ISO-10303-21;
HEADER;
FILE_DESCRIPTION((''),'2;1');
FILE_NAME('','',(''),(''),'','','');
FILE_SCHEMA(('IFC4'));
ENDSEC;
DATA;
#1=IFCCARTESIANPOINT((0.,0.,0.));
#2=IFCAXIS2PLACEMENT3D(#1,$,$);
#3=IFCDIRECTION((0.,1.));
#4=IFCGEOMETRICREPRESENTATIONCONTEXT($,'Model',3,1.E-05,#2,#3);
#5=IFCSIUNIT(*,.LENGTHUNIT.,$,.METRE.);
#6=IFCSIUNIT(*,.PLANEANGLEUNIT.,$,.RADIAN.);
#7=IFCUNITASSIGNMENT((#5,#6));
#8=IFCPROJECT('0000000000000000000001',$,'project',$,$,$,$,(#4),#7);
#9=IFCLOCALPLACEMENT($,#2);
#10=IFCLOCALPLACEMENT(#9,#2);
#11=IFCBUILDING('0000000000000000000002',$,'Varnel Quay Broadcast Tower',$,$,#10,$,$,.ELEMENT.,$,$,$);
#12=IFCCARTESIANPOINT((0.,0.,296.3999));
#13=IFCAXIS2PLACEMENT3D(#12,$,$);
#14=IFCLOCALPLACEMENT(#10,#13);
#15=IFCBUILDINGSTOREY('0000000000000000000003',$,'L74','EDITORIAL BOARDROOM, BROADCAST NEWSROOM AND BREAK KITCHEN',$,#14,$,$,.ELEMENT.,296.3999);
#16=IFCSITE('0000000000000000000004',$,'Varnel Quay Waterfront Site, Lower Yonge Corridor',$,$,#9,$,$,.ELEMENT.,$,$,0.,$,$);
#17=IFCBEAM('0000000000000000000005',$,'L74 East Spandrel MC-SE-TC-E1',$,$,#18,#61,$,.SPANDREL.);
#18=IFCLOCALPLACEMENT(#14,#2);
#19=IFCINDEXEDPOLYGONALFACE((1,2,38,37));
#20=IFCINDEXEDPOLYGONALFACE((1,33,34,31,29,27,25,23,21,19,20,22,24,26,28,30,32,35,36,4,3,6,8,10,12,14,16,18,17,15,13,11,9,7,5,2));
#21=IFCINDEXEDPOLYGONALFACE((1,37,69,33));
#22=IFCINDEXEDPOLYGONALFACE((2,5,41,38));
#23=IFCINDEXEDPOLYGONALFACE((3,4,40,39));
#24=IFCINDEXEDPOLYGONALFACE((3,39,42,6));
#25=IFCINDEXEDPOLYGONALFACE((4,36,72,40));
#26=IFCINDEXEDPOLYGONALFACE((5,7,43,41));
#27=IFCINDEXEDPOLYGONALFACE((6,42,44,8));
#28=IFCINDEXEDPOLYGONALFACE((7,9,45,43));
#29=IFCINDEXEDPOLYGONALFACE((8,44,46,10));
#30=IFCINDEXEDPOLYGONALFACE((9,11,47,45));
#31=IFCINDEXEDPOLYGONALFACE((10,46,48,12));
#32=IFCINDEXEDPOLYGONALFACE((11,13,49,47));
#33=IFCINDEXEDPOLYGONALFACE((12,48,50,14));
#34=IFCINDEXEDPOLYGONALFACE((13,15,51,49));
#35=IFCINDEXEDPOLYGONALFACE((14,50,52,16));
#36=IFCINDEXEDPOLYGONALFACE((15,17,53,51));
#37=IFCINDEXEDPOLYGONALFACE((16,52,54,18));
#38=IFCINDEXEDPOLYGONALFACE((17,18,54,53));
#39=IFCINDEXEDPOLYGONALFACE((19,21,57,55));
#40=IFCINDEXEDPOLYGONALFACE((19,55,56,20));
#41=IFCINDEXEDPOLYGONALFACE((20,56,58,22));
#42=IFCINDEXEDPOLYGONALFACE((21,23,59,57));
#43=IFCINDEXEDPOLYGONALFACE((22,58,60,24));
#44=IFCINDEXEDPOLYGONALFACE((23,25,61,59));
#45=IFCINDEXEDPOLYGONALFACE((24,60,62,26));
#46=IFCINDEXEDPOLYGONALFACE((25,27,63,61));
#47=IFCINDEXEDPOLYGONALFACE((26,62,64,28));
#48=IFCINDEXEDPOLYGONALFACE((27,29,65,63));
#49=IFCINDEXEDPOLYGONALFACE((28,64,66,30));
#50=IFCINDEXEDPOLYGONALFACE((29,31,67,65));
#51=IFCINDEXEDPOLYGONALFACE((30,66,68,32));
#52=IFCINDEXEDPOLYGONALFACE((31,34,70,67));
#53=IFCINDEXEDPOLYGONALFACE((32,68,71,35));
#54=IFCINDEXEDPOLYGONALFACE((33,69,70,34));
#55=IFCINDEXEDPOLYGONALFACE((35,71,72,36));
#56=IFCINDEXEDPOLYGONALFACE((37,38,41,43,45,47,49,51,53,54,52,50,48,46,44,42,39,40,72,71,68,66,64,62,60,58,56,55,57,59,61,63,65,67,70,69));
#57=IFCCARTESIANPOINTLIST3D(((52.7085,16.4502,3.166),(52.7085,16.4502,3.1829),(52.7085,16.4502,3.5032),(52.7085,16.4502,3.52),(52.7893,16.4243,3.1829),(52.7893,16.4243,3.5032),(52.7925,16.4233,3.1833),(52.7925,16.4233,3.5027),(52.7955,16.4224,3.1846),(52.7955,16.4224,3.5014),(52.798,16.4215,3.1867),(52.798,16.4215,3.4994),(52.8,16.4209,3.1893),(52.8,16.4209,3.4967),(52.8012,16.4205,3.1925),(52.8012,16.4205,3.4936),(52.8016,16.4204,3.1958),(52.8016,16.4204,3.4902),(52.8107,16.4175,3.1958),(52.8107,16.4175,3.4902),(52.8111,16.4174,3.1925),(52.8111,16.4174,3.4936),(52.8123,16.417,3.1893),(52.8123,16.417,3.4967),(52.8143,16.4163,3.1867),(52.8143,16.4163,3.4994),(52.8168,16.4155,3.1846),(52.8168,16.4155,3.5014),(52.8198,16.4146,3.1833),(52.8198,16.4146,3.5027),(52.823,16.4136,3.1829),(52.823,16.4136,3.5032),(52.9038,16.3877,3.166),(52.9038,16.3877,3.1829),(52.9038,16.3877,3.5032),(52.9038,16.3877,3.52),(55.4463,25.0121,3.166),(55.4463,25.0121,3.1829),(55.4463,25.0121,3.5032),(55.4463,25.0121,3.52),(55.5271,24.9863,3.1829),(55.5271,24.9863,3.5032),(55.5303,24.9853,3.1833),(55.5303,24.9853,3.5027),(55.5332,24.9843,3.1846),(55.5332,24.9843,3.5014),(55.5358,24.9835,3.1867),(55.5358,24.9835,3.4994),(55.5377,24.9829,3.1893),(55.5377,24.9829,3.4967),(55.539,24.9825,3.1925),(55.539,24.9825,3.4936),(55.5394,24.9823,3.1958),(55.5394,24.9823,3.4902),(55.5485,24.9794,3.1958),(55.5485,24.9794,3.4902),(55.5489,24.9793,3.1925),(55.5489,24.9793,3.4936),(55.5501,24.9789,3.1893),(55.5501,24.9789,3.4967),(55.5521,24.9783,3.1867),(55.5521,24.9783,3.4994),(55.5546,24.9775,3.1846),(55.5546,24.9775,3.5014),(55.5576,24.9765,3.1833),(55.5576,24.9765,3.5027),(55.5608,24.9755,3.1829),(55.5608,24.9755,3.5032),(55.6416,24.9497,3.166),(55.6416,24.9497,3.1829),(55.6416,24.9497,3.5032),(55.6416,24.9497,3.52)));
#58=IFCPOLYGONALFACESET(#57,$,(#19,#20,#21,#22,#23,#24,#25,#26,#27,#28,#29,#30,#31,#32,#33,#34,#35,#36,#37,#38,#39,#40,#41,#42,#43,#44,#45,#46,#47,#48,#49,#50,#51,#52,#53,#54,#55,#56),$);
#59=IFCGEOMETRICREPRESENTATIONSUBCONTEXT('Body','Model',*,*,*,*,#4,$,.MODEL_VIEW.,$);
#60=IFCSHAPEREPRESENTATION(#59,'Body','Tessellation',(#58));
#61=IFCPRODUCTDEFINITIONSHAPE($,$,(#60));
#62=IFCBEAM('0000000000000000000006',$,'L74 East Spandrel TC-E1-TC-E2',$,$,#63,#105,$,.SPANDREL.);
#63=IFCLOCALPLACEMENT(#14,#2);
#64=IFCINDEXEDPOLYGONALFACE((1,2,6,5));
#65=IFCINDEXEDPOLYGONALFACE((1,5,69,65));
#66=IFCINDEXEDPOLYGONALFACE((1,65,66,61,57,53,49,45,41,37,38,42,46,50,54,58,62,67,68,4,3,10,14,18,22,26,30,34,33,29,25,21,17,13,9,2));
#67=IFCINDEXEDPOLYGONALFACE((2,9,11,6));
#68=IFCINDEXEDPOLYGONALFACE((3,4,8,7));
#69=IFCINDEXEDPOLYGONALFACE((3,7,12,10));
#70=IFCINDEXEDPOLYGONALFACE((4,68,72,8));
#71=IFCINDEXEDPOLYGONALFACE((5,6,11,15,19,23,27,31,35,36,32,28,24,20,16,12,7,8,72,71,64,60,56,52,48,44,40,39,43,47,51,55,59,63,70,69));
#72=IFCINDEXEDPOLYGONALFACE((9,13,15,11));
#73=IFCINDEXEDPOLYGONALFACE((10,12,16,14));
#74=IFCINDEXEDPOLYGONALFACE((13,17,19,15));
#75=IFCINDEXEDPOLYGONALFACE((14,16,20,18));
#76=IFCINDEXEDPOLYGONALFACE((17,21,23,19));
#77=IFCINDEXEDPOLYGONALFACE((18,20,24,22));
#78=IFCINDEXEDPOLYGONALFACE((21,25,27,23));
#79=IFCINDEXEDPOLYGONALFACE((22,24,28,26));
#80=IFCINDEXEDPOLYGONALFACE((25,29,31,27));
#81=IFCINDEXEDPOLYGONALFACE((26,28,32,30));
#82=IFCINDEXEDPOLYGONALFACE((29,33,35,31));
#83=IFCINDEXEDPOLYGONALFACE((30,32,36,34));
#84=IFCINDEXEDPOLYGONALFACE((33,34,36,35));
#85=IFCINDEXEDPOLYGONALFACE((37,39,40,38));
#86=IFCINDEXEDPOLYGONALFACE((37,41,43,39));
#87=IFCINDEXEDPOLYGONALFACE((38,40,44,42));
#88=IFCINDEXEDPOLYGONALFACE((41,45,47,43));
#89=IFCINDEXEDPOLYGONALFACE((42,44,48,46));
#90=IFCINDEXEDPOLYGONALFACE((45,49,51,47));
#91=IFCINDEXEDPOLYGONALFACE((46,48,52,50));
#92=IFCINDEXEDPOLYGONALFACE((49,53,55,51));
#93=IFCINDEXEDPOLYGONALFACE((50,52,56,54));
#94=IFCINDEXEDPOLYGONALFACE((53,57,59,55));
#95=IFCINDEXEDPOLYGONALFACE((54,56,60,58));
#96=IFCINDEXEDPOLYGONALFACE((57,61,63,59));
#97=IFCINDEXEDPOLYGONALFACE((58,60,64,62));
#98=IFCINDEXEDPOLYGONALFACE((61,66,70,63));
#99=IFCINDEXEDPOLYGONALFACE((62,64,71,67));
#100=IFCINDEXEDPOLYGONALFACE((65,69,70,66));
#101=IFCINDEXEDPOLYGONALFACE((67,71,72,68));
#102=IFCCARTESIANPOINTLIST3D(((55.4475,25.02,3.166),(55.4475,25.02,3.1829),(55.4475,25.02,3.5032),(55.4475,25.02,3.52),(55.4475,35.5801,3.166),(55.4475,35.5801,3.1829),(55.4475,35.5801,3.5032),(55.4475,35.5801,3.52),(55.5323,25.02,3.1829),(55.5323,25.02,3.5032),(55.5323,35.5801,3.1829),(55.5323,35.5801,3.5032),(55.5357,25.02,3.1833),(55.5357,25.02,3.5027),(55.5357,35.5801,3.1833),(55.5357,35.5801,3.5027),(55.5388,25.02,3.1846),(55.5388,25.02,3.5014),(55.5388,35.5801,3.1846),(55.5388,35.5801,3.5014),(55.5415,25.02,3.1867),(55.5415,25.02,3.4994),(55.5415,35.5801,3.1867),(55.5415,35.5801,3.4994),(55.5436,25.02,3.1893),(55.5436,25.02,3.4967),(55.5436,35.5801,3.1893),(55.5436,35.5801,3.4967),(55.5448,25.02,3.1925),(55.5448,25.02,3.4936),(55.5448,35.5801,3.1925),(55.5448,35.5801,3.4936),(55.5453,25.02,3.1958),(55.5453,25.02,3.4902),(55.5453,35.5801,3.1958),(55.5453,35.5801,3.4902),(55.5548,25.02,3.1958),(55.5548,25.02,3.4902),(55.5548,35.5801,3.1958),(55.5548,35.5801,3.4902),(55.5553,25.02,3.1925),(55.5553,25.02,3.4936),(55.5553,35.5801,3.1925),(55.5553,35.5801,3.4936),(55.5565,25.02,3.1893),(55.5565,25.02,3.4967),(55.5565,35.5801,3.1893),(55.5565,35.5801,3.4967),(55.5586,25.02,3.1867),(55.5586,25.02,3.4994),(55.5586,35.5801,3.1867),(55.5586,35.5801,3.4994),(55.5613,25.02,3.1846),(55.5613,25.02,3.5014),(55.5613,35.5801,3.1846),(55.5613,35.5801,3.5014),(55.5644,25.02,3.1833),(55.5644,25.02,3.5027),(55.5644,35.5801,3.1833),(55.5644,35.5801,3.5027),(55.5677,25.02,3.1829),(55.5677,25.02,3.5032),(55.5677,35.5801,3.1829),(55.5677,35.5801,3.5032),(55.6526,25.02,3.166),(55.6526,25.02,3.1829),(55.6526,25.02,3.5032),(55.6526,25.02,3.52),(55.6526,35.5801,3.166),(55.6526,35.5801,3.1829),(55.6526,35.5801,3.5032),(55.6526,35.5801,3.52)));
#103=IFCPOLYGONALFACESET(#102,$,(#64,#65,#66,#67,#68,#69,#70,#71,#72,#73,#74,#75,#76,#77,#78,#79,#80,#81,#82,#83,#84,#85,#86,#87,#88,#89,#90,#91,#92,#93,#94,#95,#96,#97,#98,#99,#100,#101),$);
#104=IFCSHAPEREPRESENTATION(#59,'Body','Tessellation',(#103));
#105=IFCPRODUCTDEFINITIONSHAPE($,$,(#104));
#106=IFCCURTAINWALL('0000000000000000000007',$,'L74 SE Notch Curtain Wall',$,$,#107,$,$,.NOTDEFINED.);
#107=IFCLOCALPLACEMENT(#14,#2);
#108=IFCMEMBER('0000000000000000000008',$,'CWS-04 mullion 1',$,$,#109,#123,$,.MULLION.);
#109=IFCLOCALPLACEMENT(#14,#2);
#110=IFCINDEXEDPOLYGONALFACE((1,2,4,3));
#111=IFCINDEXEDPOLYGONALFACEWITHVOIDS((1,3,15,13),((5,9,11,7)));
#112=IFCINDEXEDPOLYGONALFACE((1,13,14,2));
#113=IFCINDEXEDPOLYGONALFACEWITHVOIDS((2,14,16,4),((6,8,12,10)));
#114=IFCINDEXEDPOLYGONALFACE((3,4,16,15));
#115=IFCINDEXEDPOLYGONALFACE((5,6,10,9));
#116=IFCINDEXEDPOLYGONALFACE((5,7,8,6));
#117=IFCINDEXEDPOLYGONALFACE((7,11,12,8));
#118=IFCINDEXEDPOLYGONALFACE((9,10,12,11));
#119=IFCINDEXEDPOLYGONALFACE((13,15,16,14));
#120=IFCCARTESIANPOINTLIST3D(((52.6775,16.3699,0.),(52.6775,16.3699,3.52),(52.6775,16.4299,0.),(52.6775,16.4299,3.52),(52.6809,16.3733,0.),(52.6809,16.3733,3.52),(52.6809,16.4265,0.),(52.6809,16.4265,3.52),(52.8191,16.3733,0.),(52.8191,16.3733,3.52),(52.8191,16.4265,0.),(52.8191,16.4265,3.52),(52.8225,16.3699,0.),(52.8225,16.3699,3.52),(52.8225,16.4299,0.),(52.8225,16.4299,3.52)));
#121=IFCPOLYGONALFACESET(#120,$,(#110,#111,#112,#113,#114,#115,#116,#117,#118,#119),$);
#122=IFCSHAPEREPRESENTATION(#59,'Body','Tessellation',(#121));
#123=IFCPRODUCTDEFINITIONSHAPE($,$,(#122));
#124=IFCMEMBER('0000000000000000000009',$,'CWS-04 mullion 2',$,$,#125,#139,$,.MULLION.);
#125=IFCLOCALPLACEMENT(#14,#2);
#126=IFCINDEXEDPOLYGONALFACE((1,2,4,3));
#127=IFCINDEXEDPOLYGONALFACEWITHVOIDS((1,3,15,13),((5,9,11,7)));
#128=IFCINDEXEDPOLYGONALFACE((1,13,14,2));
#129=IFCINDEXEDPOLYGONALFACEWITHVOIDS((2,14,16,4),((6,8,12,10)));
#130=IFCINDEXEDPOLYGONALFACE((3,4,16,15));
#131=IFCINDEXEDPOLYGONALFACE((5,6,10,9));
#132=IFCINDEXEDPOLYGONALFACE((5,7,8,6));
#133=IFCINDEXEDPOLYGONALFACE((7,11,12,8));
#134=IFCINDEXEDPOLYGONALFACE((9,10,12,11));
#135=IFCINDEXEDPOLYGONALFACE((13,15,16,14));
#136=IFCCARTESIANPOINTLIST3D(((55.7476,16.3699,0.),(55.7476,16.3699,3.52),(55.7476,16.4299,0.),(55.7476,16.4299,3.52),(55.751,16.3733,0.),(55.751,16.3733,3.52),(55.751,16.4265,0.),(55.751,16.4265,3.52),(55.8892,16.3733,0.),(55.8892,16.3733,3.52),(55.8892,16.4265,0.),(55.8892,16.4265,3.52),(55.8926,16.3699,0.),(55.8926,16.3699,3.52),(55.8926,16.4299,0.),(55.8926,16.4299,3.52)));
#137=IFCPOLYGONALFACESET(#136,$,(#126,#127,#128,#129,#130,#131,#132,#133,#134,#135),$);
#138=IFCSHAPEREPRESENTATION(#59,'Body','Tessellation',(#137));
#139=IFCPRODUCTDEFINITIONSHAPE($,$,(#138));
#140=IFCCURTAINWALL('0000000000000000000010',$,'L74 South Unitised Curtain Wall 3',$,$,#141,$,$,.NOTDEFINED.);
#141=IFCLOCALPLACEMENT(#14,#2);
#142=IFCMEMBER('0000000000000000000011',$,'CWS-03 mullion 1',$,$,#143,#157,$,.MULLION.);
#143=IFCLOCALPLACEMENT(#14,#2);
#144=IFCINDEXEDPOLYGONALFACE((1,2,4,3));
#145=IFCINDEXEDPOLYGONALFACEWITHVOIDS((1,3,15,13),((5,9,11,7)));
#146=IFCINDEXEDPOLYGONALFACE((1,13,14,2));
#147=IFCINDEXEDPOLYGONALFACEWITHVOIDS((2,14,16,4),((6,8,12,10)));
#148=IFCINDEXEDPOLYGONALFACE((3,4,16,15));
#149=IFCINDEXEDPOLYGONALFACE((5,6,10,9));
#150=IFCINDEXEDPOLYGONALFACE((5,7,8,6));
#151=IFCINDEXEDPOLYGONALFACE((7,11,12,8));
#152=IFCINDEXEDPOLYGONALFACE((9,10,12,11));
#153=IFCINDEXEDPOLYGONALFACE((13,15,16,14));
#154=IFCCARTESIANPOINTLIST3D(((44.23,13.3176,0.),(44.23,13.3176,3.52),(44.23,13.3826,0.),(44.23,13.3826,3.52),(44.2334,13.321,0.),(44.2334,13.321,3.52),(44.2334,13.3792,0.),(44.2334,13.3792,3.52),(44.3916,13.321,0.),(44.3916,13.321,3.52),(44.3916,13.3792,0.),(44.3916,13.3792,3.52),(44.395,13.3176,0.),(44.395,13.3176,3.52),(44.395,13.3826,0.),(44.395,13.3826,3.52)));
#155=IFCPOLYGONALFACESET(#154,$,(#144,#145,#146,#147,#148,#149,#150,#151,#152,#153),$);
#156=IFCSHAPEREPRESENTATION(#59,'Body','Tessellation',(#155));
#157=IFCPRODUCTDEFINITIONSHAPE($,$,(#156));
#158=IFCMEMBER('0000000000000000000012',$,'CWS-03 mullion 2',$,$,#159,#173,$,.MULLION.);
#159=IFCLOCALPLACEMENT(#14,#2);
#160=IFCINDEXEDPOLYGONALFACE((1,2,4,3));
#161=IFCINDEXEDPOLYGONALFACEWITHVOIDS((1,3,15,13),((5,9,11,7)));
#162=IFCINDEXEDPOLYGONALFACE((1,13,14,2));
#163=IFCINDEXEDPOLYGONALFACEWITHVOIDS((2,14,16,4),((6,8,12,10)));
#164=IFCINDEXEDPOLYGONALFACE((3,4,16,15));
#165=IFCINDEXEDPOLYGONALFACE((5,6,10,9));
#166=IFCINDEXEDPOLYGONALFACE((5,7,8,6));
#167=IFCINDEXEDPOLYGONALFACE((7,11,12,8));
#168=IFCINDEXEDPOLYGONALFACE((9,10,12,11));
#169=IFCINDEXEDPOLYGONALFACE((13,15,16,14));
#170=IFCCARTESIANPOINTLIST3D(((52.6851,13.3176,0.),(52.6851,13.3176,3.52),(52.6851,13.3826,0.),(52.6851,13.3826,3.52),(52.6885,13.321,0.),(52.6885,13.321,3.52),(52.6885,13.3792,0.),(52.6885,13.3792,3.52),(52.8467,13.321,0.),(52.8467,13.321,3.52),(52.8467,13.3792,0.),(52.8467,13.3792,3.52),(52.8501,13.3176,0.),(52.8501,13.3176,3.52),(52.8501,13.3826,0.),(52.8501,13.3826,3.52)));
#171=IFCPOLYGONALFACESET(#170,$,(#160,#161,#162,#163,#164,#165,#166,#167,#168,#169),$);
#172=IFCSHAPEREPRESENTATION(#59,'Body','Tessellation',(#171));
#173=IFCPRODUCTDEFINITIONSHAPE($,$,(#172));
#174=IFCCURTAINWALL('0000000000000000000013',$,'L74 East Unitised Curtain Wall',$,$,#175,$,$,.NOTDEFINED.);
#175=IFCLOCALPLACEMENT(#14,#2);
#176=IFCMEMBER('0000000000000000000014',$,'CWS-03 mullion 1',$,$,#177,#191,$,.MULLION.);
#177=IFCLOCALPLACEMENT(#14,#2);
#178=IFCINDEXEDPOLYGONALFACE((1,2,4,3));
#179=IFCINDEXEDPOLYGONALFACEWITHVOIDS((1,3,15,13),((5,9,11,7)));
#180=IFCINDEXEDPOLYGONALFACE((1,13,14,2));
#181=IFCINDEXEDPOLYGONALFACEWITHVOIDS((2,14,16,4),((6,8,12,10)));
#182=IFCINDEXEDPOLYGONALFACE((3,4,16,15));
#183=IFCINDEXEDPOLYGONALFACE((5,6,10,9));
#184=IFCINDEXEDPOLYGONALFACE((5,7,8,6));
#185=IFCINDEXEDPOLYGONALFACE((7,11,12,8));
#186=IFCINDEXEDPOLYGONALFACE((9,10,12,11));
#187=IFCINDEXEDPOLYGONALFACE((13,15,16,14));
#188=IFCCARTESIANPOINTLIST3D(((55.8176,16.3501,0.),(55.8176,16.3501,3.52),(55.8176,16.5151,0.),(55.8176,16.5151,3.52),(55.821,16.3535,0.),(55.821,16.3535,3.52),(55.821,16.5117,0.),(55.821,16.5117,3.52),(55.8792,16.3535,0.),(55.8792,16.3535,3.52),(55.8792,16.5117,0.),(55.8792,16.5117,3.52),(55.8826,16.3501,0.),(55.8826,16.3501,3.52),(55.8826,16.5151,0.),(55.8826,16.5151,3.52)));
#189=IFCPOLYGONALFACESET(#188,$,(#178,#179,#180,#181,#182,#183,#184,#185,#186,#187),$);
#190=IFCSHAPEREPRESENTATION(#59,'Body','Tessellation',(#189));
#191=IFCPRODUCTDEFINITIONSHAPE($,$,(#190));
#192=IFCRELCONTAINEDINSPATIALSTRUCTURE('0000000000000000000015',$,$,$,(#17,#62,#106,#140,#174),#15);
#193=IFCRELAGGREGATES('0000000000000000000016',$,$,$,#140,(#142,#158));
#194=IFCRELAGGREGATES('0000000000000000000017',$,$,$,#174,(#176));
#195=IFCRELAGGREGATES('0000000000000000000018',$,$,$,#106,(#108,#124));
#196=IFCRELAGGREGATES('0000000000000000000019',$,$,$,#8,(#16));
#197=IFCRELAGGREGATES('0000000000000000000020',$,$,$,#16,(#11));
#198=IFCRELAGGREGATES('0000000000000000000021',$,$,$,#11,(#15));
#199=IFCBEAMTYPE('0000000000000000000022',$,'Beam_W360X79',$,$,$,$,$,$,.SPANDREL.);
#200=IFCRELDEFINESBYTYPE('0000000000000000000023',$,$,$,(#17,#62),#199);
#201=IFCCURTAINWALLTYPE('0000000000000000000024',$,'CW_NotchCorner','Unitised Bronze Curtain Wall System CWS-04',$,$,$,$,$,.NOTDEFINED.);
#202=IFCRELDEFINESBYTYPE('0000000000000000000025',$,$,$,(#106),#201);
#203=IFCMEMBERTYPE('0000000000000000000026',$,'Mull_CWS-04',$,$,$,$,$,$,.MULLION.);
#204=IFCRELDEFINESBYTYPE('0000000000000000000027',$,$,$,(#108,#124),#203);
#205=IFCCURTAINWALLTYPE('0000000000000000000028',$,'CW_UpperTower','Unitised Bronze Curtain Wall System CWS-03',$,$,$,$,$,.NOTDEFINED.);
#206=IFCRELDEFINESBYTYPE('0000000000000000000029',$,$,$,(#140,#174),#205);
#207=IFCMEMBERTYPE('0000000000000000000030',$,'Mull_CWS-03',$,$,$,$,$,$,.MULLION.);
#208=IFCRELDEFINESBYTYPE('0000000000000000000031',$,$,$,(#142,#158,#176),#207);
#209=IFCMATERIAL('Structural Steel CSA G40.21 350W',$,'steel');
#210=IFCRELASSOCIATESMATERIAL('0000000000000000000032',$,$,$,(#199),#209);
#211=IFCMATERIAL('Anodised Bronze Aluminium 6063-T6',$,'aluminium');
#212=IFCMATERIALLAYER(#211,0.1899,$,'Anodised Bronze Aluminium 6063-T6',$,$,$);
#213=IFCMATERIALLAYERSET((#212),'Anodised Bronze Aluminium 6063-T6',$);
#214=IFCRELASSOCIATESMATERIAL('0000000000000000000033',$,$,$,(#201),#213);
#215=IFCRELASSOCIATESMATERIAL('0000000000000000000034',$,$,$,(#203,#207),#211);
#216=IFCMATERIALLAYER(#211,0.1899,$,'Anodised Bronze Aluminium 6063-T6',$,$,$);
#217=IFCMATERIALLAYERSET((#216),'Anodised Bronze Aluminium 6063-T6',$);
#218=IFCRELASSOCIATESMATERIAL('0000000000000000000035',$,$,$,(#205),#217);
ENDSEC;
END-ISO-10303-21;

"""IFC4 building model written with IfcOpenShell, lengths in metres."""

from ifc_helpers import new_model, si_unit, direction, frame, origin, origin_2d, place, context, subcontext, project, spatial, hollow_rectangle, i_section, extrude, source, transform, mapped, material, layer, layer_set, material_profile, profile_set, type_object, type_shapes, element, aggregate, save


model = new_model("IFC4")

# Units and contexts
model_context = context("Model", 3, precision=1e-05, world=origin(), true_north=direction((0.0, 1.0)))
body_context = subcontext(model_context, "Body", "Model", "MODEL_VIEW")
ifc_project = project(units=[si_unit("LENGTHUNIT", "METRE"), si_unit("PLANEANGLEUNIT", "RADIAN")], contexts=[model_context])

# Site, building, storey
site_placement = place(None, origin())
site = spatial("IfcSite", under=ifc_project, at=site_placement, Name="Varnel Quay Waterfront Site, Lower Yonge Corridor", CompositionType="ELEMENT", RefElevation=0.0)
building_placement = place(site_placement, origin())
building = spatial("IfcBuilding", under=site, at=building_placement, Name="Varnel Quay Broadcast Tower", CompositionType="ELEMENT")
storey_placement = place(building_placement, frame((0.0, 0.0, 296.3999)))
storey = spatial("IfcBuildingStorey", under=building, at=storey_placement, Name="L74", Description="EDITORIAL BOARDROOM, BROADCAST NEWSROOM AND BREAK KITCHEN", CompositionType="ELEMENT", Elevation=296.3999)

# Shared definitions
ifc_material_1 = material(Name="Structural Steel CSA G40.21 350W", Category="steel")

# Beams
ifc_material_profile_1 = material_profile(ifc_material_1, i_section(OverallWidth=0.2051, OverallDepth=0.354, WebThickness=0.0095, FlangeThickness=0.0168, FilletRadius=0.0129, at=origin_2d()), Name="W360X79")
ifc_profile_set_1 = profile_set([ifc_material_profile_1], Name="Structural Steel CSA G40.21 350W")
beam_type = type_object("IfcBeamType", Name="Beam_W360X79", PredefinedType="SPANDREL", material=ifc_profile_set_1)
shared_shape_1 = source(origin(), body_context, "Body", "SweptSolid", [
    extrude(i_section(OverallWidth=0.2051, OverallDepth=0.354, WebThickness=0.0095, FlangeThickness=0.0168, FilletRadius=0.0129, at=origin_2d()), origin(), (0.0, 0.0, 1.0), 8.989),
])
beam_1_placement = place(storey_placement, frame((52.8062, 16.4189, 3.343), z_axis=(0.304569, 0.95249, 0.0), x_axis=(-0.95249, 0.304569, 0.0)))
element("IfcBeam", 1, at=beam_1_placement, inside=storey, type_object=beam_type, Name="L74 East Spandrel MC-SE-TC-E1", PredefinedType="SPANDREL", context=body_context, shape_type="MappedRepresentation", body=[
    mapped(shared_shape_1, transform((0.0, 0.0, 0.0), x_axis=(1.0, 0.0, 0.0), y_axis=(0.0, 1.0, 0.0), z_axis=(0.0, 0.0, 1.0), scale=1.0)),
])
shared_shape_2 = source(origin(), body_context, "Body", "SweptSolid", [
    extrude(i_section(OverallWidth=0.2051, OverallDepth=0.354, WebThickness=0.0095, FlangeThickness=0.0168, FilletRadius=0.0129, at=origin_2d()), origin(), (0.0, 0.0, 1.0), 10.5601),
])
beam_2_placement = place(storey_placement, frame((55.55, 25.02, 3.343), z_axis=(0.0, 1.0, 0.0), x_axis=(-1.0, 0.0, 0.0)))
element("IfcBeam", 2, at=beam_2_placement, inside=storey, type_object=beam_type, Name="L74 East Spandrel TC-E1-TC-E2", PredefinedType="SPANDREL", context=body_context, shape_type="MappedRepresentation", body=[
    mapped(shared_shape_2, transform((0.0, 0.0, 0.0), x_axis=(1.0, 0.0, 0.0), y_axis=(0.0, 1.0, 0.0), z_axis=(0.0, 0.0, 1.0), scale=1.0)),
])

# Curtain walls, members
ifc_material_2 = material(Name="Anodised Bronze Aluminium 6063-T6", Category="aluminium")
ifc_layer_1 = layer(ifc_material_2, 0.1899, Name="Anodised Bronze Aluminium 6063-T6")
ifc_layer_set_1 = layer_set([ifc_layer_1], Name="Anodised Bronze Aluminium 6063-T6")
curtain_wall_type_1 = type_object("IfcCurtainWallType", Name="CW_NotchCorner", Description="Unitised Bronze Curtain Wall System CWS-04", PredefinedType="NOTDEFINED", material=ifc_layer_set_1)
curtain_wall_1_placement = place(storey_placement, origin())
curtain_wall_1 = element("IfcCurtainWall", 3, at=curtain_wall_1_placement, inside=storey, type_object=curtain_wall_type_1, Name="L74 SE Notch Curtain Wall", PredefinedType="NOTDEFINED")
ifc_material_profile_2 = material_profile(ifc_material_2, hollow_rectangle(XDim=0.0601, YDim=0.145, WallThickness=0.0034, at=origin_2d()), Name="ALU60X145X3.5")
ifc_profile_set_2 = profile_set([ifc_material_profile_2], Name="Anodised Bronze Aluminium 6063-T6")
member_type_1 = type_object("IfcMemberType", Name="Mull_CWS-04", PredefinedType="MULLION", material=ifc_profile_set_2)
shared_shape_3 = source(origin(), body_context, "Body", "SweptSolid", [
    extrude(hollow_rectangle(XDim=0.0601, YDim=0.145, WallThickness=0.0034, at=origin_2d()), origin(), (0.0, 0.0, 1.0), 3.52),
])
type_shapes(member_type_1, [shared_shape_3])
member_1_placement = place(storey_placement, frame((52.75, 16.3999, 0.0), z_axis=(0.0, 0.0, 1.0), x_axis=(0.0, 1.0, 0.0)))
member_1 = element("IfcMember", 4, at=member_1_placement, type_object=member_type_1, Name="CWS-04 mullion 1", PredefinedType="MULLION", context=body_context, shape_type="MappedRepresentation", body=[
    mapped(shared_shape_3, transform((0.0, 0.0, 0.0), x_axis=(1.0, 0.0, 0.0), y_axis=(0.0, 1.0, 0.0), z_axis=(0.0, 0.0, 1.0), scale=1.0)),
])
member_2_placement = place(storey_placement, frame((55.8201, 16.3999, 0.0), z_axis=(0.0, 0.0, 1.0), x_axis=(0.0, 1.0, 0.0)))
member_2 = element("IfcMember", 5, at=member_2_placement, type_object=member_type_1, Name="CWS-04 mullion 2", PredefinedType="MULLION", context=body_context, shape_type="MappedRepresentation", body=[
    mapped(shared_shape_3, transform((0.0, 0.0, 0.0), x_axis=(1.0, 0.0, 0.0), y_axis=(0.0, 1.0, 0.0), z_axis=(0.0, 0.0, 1.0), scale=1.0)),
])
ifc_layer_2 = layer(ifc_material_2, 0.1899, Name="Anodised Bronze Aluminium 6063-T6")
ifc_layer_set_2 = layer_set([ifc_layer_2], Name="Anodised Bronze Aluminium 6063-T6")
curtain_wall_type_2 = type_object("IfcCurtainWallType", Name="CW_UpperTower", Description="Unitised Bronze Curtain Wall System CWS-03", PredefinedType="NOTDEFINED", material=ifc_layer_set_2)
curtain_wall_2_placement = place(storey_placement, origin())
curtain_wall_2 = element("IfcCurtainWall", 6, at=curtain_wall_2_placement, inside=storey, type_object=curtain_wall_type_2, Name="L74 South Unitised Curtain Wall 3", PredefinedType="NOTDEFINED")
ifc_material_profile_3 = material_profile(ifc_material_2, hollow_rectangle(XDim=0.0649, YDim=0.165, WallThickness=0.0034, at=origin_2d()), Name="ALU65X165X3.5")
ifc_profile_set_3 = profile_set([ifc_material_profile_3], Name="Anodised Bronze Aluminium 6063-T6")
member_type_2 = type_object("IfcMemberType", Name="Mull_CWS-03", PredefinedType="MULLION", material=ifc_profile_set_3)
shared_shape_4 = source(origin(), body_context, "Body", "SweptSolid", [
    extrude(hollow_rectangle(XDim=0.0649, YDim=0.165, WallThickness=0.0034, at=origin_2d()), origin(), (0.0, 0.0, 1.0), 3.52),
])
type_shapes(member_type_2, [shared_shape_4])
member_3_placement = place(storey_placement, frame((44.3125, 13.3501, 0.0), z_axis=(0.0, 0.0, 1.0), x_axis=(0.0, 1.0, 0.0)))
member_3 = element("IfcMember", 7, at=member_3_placement, type_object=member_type_2, Name="CWS-03 mullion 1", PredefinedType="MULLION", context=body_context, shape_type="MappedRepresentation", body=[
    mapped(shared_shape_4, transform((0.0, 0.0, 0.0), x_axis=(1.0, 0.0, 0.0), y_axis=(0.0, 1.0, 0.0), z_axis=(0.0, 0.0, 1.0), scale=1.0)),
])
member_4_placement = place(storey_placement, frame((52.7676, 13.3501, 0.0), z_axis=(0.0, 0.0, 1.0), x_axis=(0.0, 1.0, 0.0)))
member_4 = element("IfcMember", 8, at=member_4_placement, type_object=member_type_2, Name="CWS-03 mullion 2", PredefinedType="MULLION", context=body_context, shape_type="MappedRepresentation", body=[
    mapped(shared_shape_4, transform((0.0, 0.0, 0.0), x_axis=(1.0, 0.0, 0.0), y_axis=(0.0, 1.0, 0.0), z_axis=(0.0, 0.0, 1.0), scale=1.0)),
])

# Curtain wall, member
curtain_wall_3_placement = place(storey_placement, origin())
curtain_wall_3 = element("IfcCurtainWall", 9, at=curtain_wall_3_placement, inside=storey, type_object=curtain_wall_type_2, Name="L74 East Unitised Curtain Wall", PredefinedType="NOTDEFINED")
member_5_placement = place(storey_placement, frame((55.8501, 16.4326, 0.0), z_axis=(0.0, 0.0, 1.0), x_axis=(-1.0, 0.0, 0.0)))
member_5 = element("IfcMember", 10, at=member_5_placement, type_object=member_type_2, Name="CWS-03 mullion 1", PredefinedType="MULLION", context=body_context, shape_type="MappedRepresentation", body=[
    mapped(shared_shape_4, transform((0.0, 0.0, 0.0), x_axis=(1.0, 0.0, 0.0), y_axis=(0.0, 1.0, 0.0), z_axis=(0.0, 0.0, 1.0), scale=1.0)),
])

aggregate(curtain_wall_2, [member_3, member_4])
aggregate(curtain_wall_3, [member_5])
aggregate(curtain_wall_1, [member_1, member_2])

save(model, "model.ifc")
